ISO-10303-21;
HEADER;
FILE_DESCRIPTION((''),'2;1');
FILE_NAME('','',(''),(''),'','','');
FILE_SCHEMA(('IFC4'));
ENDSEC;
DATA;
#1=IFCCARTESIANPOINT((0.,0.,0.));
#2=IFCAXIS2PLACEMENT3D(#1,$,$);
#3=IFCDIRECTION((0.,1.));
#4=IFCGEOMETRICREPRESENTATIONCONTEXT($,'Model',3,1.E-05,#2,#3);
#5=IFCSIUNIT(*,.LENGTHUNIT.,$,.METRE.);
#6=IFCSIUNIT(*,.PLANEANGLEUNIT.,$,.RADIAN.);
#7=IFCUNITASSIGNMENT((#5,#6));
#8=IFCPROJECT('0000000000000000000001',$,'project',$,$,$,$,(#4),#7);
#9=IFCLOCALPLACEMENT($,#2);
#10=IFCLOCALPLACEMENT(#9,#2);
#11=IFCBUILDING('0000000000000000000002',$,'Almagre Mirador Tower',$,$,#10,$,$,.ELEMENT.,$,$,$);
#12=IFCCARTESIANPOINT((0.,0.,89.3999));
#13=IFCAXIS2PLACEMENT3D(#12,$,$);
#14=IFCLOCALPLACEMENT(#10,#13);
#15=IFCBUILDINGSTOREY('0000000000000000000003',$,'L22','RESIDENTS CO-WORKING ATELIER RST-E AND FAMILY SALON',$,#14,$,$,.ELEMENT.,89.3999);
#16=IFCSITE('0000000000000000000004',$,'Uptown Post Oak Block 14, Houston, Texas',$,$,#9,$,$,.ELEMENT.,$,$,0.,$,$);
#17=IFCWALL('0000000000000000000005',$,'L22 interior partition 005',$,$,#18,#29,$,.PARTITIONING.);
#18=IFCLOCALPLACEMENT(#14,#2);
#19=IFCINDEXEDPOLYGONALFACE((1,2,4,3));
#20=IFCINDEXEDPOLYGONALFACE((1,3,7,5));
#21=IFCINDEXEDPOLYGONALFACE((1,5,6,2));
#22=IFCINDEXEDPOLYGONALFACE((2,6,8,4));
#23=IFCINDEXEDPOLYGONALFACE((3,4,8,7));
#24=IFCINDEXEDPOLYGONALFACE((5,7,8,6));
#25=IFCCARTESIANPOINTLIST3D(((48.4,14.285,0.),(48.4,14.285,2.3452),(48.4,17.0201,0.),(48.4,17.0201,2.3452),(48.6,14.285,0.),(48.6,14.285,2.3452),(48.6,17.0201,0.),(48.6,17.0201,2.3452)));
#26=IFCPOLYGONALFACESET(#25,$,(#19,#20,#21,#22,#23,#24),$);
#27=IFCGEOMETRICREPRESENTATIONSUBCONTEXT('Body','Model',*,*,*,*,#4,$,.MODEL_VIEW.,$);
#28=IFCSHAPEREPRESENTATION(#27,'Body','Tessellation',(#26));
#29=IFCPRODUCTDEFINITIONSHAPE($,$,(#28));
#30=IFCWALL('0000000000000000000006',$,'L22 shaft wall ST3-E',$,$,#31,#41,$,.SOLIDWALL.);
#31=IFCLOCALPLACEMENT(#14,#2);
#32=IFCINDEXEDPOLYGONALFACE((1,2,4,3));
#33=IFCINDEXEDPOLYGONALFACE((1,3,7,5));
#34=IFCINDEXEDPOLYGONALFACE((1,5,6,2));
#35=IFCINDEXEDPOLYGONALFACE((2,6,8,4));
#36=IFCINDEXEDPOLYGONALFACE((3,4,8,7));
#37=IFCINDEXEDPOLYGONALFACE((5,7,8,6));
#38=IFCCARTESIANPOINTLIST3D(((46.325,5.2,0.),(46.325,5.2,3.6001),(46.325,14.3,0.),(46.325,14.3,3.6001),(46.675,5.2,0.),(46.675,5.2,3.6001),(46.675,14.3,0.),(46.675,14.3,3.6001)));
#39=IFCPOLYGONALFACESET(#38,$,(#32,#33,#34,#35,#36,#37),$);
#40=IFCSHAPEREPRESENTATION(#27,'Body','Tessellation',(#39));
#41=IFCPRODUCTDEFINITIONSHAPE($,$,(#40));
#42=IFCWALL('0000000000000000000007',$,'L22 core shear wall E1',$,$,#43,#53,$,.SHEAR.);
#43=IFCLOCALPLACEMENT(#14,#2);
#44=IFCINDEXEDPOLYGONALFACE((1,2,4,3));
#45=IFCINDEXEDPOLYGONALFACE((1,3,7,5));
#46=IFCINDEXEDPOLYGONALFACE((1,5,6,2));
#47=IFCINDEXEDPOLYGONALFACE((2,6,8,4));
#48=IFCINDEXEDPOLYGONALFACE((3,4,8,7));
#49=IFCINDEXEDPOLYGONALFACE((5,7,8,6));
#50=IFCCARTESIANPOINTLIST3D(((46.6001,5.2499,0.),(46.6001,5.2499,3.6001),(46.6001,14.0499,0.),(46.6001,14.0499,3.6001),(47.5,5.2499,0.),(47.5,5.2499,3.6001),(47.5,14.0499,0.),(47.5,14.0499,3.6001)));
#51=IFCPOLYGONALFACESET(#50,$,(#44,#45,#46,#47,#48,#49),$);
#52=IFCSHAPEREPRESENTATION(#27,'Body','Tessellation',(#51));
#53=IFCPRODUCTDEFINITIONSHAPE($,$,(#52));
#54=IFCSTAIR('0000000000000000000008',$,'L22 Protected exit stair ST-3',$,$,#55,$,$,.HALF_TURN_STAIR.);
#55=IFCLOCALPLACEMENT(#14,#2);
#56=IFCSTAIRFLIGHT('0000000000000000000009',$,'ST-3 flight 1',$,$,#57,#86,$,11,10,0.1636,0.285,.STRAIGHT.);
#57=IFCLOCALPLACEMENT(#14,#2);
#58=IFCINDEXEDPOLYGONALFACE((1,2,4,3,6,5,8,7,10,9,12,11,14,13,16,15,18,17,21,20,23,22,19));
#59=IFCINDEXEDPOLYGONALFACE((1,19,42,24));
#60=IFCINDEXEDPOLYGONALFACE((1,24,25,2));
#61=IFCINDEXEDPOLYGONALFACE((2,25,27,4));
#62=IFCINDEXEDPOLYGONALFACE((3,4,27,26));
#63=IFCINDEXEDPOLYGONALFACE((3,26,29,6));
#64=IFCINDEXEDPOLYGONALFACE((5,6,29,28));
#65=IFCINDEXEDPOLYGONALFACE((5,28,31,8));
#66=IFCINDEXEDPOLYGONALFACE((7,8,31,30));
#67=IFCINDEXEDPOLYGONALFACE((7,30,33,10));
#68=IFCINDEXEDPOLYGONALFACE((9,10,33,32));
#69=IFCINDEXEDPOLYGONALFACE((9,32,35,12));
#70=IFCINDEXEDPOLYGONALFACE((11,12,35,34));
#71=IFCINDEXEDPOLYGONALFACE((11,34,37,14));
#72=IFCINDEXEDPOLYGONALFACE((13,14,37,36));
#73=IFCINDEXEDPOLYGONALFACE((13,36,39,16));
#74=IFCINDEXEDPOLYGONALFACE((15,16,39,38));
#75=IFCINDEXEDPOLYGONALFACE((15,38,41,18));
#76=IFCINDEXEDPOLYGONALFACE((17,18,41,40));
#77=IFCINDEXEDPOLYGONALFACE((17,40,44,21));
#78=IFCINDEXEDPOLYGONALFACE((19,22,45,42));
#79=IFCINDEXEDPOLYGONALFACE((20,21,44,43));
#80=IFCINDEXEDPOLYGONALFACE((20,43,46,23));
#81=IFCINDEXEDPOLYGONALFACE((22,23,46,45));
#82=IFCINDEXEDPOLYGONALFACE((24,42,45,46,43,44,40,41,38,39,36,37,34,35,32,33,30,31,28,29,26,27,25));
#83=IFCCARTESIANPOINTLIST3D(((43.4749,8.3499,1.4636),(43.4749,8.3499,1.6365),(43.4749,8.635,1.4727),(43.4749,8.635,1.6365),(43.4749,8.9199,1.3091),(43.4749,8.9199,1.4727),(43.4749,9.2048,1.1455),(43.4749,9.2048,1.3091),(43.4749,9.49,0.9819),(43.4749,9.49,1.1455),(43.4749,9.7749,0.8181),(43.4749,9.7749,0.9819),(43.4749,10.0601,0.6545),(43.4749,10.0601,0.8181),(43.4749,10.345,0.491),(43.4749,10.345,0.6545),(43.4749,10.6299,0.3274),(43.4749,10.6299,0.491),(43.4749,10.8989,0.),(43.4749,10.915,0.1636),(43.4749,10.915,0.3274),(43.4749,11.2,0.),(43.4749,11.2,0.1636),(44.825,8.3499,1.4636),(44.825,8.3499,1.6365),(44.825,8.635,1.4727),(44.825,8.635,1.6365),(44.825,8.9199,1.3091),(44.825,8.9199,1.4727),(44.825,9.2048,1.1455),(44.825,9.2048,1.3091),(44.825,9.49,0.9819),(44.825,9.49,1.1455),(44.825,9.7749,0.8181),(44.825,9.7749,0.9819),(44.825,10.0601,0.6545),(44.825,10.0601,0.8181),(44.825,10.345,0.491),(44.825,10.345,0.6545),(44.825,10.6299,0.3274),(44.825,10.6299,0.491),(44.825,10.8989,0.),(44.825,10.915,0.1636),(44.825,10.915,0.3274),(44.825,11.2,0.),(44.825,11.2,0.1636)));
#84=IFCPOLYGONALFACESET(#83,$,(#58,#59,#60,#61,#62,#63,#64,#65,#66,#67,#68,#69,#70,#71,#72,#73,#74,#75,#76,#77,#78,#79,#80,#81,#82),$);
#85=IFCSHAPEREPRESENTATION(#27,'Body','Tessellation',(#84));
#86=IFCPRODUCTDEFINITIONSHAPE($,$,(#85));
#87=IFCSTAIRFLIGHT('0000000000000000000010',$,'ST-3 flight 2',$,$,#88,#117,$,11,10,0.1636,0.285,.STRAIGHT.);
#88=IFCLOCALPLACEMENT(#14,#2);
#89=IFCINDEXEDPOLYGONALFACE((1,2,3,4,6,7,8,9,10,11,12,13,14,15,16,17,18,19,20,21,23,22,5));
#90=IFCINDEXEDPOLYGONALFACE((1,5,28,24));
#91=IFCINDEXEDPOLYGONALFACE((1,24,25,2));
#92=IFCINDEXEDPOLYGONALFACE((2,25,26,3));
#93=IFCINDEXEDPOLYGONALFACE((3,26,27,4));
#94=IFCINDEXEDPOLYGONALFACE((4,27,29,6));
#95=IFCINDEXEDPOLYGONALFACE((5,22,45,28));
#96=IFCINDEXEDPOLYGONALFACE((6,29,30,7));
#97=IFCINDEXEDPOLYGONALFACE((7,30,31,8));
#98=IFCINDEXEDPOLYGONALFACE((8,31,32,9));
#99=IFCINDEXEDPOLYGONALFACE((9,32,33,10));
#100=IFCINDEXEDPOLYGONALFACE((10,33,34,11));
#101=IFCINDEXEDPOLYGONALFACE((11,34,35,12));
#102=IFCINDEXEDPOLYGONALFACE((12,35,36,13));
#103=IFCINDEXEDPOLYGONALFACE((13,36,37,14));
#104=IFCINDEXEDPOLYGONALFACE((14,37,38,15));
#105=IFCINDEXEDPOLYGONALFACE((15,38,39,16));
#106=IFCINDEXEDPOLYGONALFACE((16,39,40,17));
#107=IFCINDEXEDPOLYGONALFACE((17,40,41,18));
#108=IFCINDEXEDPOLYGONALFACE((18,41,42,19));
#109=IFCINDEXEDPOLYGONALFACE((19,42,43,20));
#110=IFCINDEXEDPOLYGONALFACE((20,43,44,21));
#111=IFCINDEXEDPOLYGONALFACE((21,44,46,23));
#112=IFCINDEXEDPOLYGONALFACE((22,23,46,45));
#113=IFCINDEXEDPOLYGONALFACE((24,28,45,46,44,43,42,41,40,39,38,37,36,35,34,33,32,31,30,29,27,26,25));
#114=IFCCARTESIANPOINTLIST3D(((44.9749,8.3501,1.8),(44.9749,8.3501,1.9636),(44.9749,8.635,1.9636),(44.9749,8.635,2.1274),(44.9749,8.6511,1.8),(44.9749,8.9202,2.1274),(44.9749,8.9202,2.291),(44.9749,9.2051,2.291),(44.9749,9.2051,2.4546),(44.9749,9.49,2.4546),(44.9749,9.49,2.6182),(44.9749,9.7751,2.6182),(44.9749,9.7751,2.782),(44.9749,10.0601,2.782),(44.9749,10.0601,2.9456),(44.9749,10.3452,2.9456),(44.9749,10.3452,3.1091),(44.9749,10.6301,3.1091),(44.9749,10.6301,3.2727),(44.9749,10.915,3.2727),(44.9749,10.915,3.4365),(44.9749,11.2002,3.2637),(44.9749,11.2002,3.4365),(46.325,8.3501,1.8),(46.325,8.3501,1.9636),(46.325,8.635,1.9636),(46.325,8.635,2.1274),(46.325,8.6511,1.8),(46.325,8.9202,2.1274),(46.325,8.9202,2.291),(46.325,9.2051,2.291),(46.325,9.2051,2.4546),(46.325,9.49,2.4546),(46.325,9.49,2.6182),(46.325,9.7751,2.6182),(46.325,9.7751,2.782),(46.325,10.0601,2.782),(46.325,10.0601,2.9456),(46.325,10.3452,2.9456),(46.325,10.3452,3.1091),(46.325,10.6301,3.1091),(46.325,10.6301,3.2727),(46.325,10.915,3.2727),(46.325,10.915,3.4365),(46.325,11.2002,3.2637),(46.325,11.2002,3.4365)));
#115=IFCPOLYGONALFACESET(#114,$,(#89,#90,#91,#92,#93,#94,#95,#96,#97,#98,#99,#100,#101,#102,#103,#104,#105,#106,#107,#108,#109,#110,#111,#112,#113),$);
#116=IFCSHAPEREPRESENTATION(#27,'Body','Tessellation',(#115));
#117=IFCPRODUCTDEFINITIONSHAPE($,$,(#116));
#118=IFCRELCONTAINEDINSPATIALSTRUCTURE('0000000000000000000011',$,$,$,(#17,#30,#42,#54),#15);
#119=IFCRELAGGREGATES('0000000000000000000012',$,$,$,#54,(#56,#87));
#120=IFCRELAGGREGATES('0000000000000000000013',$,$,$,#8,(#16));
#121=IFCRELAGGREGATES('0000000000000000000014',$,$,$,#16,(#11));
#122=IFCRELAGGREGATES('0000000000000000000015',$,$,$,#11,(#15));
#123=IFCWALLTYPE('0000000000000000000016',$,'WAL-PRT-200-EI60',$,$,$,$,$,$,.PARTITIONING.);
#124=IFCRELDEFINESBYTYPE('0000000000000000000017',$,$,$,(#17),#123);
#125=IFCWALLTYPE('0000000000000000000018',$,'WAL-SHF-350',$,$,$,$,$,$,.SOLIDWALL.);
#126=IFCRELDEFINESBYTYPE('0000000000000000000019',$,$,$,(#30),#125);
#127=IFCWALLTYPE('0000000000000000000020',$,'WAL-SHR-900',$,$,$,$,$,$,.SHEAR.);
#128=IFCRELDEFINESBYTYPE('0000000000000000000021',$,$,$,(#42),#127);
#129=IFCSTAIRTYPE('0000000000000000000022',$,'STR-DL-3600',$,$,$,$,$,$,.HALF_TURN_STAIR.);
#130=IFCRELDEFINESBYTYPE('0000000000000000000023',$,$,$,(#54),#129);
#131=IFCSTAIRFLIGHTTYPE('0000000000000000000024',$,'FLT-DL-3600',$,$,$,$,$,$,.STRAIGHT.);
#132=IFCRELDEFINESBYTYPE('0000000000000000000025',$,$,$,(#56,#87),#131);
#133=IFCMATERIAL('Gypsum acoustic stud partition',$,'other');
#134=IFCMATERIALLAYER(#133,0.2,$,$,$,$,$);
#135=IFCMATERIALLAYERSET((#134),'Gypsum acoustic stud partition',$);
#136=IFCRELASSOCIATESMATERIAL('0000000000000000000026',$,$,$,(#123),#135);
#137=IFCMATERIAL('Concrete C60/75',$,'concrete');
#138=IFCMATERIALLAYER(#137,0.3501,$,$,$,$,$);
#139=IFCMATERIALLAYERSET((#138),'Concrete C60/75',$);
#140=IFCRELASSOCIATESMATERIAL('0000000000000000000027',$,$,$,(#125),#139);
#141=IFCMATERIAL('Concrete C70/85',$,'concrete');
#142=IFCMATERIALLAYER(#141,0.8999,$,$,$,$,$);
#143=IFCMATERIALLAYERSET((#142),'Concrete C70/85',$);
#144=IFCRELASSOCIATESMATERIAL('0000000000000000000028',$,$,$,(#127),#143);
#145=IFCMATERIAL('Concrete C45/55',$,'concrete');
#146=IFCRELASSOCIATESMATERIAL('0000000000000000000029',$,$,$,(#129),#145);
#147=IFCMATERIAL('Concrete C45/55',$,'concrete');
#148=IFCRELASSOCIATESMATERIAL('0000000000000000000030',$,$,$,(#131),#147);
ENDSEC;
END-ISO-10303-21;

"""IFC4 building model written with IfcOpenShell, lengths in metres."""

from ifc_helpers import new_model, si_unit, direction, frame, frame_2d, origin, place, context, subcontext, project, spatial, polyline, rectangle, outline, extrude, material, layer, layer_set, type_object, element, aggregate, save


model = new_model("IFC4")

# Units and contexts
model_context = context("Model", 3, precision=1e-05, world=origin(), true_north=direction((0.0, 1.0)))
body_context = subcontext(model_context, "Body", "Model", "MODEL_VIEW")
ifc_project = project(units=[si_unit("LENGTHUNIT", "METRE"), si_unit("PLANEANGLEUNIT", "RADIAN")], contexts=[model_context])

# Site, building, storey
site_placement = place(None, origin())
site = spatial("IfcSite", under=ifc_project, at=site_placement, Name="Uptown Post Oak Block 14, Houston, Texas", CompositionType="ELEMENT", RefElevation=0.0)
building_placement = place(site_placement, origin())
building = spatial("IfcBuilding", under=site, at=building_placement, Name="Almagre Mirador Tower", CompositionType="ELEMENT")
storey_placement = place(building_placement, frame((0.0, 0.0, 89.3999)))
storey = spatial("IfcBuildingStorey", under=building, at=storey_placement, Name="L22", Description="RESIDENTS CO-WORKING ATELIER RST-E AND FAMILY SALON", CompositionType="ELEMENT", Elevation=89.3999)

# Walls
ifc_material_1 = material(Name="Gypsum acoustic stud partition", Category="other")
ifc_layer_1 = layer(ifc_material_1, 0.2)
ifc_layer_set_1 = layer_set([ifc_layer_1], Name="Gypsum acoustic stud partition")
wall_type_1 = type_object("IfcWallType", Name="WAL-PRT-200-EI60", PredefinedType="PARTITIONING", material=ifc_layer_set_1)
wall_1_placement = place(storey_placement, frame((48.5, 14.2849, 0.0), z_axis=(0.0, 0.0, 1.0), x_axis=(0.0, 1.0, 0.0)))
element("IfcWall", 1, at=wall_1_placement, inside=storey, type_object=wall_type_1, Name="L22 interior partition 005", PredefinedType="PARTITIONING", context=body_context, shape_type="SweptSolid", body=[
    extrude(rectangle(XDim=2.7351, YDim=0.2, at=frame_2d((1.3677, 0.0))), origin(), (0.0, 0.0, 1.0), 2.3452),
])
ifc_material_2 = material(Name="Concrete C60/75", Category="concrete")
ifc_layer_2 = layer(ifc_material_2, 0.3501)
ifc_layer_set_2 = layer_set([ifc_layer_2], Name="Concrete C60/75")
wall_type_2 = type_object("IfcWallType", Name="WAL-SHF-350", PredefinedType="SOLIDWALL", material=ifc_layer_set_2)
wall_2_placement = place(storey_placement, frame((46.5, 5.2, 0.0), z_axis=(0.0, 0.0, 1.0), x_axis=(0.0, 1.0, 0.0)))
element("IfcWall", 2, at=wall_2_placement, inside=storey, type_object=wall_type_2, Name="L22 shaft wall ST3-E", PredefinedType="SOLIDWALL", context=body_context, shape_type="SweptSolid", body=[
    extrude(rectangle(XDim=9.1001, YDim=0.3501, at=frame_2d((4.55, 0.0))), origin(), (0.0, 0.0, 1.0), 3.6001),
])
ifc_material_3 = material(Name="Concrete C70/85", Category="concrete")
ifc_layer_3 = layer(ifc_material_3, 0.8999)
ifc_layer_set_3 = layer_set([ifc_layer_3], Name="Concrete C70/85")
wall_type_3 = type_object("IfcWallType", Name="WAL-SHR-900", PredefinedType="SHEAR", material=ifc_layer_set_3)
wall_3_placement = place(storey_placement, frame((47.05, 5.25, 0.0), z_axis=(0.0, 0.0, 1.0), x_axis=(0.0, 1.0, 0.0)))
element("IfcWall", 3, at=wall_3_placement, inside=storey, type_object=wall_type_3, Name="L22 core shear wall E1", PredefinedType="SHEAR", context=body_context, shape_type="SweptSolid", body=[
    extrude(rectangle(XDim=8.8, YDim=0.8999, at=frame_2d((4.3999, 0.0))), origin(), (0.0, 0.0, 1.0), 3.6001),
])

# Stair, stair flights
ifc_material_4 = material(Name="Concrete C45/55", Category="concrete")
stair_type = type_object("IfcStairType", Name="STR-DL-3600", PredefinedType="HALF_TURN_STAIR", material=ifc_material_4)
stair_placement = place(storey_placement, origin())
stair = element("IfcStair", 4, at=stair_placement, inside=storey, type_object=stair_type, Name="L22 Protected exit stair ST-3", PredefinedType="HALF_TURN_STAIR")
ifc_material_5 = material(Name="Concrete C45/55", Category="concrete")
stair_flight_type = type_object("IfcStairFlightType", Name="FLT-DL-3600", PredefinedType="STRAIGHT", material=ifc_material_5)
stair_flight_1_placement = place(storey_placement, frame((44.1499, 11.2, 0.0), z_axis=(0.0, 0.0, 1.0), x_axis=(0.0, -1.0, 0.0)))
stair_flight_1 = element("IfcStairFlight", 5, at=stair_flight_1_placement, type_object=stair_flight_type, Name="ST-3 flight 1", NumberOfRisers=11, NumberOfTreads=10, PredefinedType="STRAIGHT", RiserHeight=0.1636, TreadLength=0.285, context=body_context, shape_type="SweptSolid", body=[
    extrude(outline(polyline([(0.0, 0.0), (0.0, 0.1636), (0.2849, 0.1636), (0.2849, 0.3274), (0.5701, 0.3274), (0.5701, 0.491), (0.855, 0.491), (0.855, 0.6545), (1.1399, 0.6545), (1.1399, 0.8181), (1.425, 0.8181), (1.425, 0.9819), (1.71, 0.9819), (1.71, 1.1455), (1.9951, 1.1455), (1.9951, 1.3091), (2.28, 1.3091), (2.28, 1.4727), (2.5649, 1.4727), (2.5649, 1.6365), (2.8501, 1.6365), (2.8501, 1.8), (2.8501, 1.4636), (0.301, 0.0), (0.0, 0.0)])), frame((0.0, 0.675, 0.0), z_axis=(0.0, -1.0, 0.0), x_axis=(1.0, 0.0, 0.0)), (0.0, 0.0, 1.0), 1.3501),
])
stair_flight_2_placement = place(storey_placement, frame((45.6499, 8.3501, 1.8), z_axis=(0.0, 0.0, 1.0), x_axis=(0.0, 1.0, 0.0)))
stair_flight_2 = element("IfcStairFlight", 6, at=stair_flight_2_placement, type_object=stair_flight_type, Name="ST-3 flight 2", NumberOfRisers=11, NumberOfTreads=10, PredefinedType="STRAIGHT", RiserHeight=0.1636, TreadLength=0.285, context=body_context, shape_type="SweptSolid", body=[
    extrude(outline(polyline([(0.0, 0.0), (0.0, 0.1636), (0.2849, 0.1636), (0.2849, 0.3274), (0.5701, 0.3274), (0.5701, 0.491), (0.855, 0.491), (0.855, 0.6545), (1.1399, 0.6545), (1.1399, 0.8181), (1.425, 0.8181), (1.425, 0.9819), (1.71, 0.9819), (1.71, 1.1455), (1.9951, 1.1455), (1.9951, 1.3091), (2.28, 1.3091), (2.28, 1.4727), (2.5649, 1.4727), (2.5649, 1.6365), (2.8501, 1.6365), (2.8501, 1.8), (2.8501, 1.4636), (0.301, 0.0), (0.0, 0.0)])), frame((0.0, 0.675, 0.0), z_axis=(0.0, -1.0, 0.0), x_axis=(1.0, 0.0, 0.0)), (0.0, 0.0, 1.0), 1.3501),
])
aggregate(stair, [stair_flight_1, stair_flight_2])

save(model, "model.ifc")
